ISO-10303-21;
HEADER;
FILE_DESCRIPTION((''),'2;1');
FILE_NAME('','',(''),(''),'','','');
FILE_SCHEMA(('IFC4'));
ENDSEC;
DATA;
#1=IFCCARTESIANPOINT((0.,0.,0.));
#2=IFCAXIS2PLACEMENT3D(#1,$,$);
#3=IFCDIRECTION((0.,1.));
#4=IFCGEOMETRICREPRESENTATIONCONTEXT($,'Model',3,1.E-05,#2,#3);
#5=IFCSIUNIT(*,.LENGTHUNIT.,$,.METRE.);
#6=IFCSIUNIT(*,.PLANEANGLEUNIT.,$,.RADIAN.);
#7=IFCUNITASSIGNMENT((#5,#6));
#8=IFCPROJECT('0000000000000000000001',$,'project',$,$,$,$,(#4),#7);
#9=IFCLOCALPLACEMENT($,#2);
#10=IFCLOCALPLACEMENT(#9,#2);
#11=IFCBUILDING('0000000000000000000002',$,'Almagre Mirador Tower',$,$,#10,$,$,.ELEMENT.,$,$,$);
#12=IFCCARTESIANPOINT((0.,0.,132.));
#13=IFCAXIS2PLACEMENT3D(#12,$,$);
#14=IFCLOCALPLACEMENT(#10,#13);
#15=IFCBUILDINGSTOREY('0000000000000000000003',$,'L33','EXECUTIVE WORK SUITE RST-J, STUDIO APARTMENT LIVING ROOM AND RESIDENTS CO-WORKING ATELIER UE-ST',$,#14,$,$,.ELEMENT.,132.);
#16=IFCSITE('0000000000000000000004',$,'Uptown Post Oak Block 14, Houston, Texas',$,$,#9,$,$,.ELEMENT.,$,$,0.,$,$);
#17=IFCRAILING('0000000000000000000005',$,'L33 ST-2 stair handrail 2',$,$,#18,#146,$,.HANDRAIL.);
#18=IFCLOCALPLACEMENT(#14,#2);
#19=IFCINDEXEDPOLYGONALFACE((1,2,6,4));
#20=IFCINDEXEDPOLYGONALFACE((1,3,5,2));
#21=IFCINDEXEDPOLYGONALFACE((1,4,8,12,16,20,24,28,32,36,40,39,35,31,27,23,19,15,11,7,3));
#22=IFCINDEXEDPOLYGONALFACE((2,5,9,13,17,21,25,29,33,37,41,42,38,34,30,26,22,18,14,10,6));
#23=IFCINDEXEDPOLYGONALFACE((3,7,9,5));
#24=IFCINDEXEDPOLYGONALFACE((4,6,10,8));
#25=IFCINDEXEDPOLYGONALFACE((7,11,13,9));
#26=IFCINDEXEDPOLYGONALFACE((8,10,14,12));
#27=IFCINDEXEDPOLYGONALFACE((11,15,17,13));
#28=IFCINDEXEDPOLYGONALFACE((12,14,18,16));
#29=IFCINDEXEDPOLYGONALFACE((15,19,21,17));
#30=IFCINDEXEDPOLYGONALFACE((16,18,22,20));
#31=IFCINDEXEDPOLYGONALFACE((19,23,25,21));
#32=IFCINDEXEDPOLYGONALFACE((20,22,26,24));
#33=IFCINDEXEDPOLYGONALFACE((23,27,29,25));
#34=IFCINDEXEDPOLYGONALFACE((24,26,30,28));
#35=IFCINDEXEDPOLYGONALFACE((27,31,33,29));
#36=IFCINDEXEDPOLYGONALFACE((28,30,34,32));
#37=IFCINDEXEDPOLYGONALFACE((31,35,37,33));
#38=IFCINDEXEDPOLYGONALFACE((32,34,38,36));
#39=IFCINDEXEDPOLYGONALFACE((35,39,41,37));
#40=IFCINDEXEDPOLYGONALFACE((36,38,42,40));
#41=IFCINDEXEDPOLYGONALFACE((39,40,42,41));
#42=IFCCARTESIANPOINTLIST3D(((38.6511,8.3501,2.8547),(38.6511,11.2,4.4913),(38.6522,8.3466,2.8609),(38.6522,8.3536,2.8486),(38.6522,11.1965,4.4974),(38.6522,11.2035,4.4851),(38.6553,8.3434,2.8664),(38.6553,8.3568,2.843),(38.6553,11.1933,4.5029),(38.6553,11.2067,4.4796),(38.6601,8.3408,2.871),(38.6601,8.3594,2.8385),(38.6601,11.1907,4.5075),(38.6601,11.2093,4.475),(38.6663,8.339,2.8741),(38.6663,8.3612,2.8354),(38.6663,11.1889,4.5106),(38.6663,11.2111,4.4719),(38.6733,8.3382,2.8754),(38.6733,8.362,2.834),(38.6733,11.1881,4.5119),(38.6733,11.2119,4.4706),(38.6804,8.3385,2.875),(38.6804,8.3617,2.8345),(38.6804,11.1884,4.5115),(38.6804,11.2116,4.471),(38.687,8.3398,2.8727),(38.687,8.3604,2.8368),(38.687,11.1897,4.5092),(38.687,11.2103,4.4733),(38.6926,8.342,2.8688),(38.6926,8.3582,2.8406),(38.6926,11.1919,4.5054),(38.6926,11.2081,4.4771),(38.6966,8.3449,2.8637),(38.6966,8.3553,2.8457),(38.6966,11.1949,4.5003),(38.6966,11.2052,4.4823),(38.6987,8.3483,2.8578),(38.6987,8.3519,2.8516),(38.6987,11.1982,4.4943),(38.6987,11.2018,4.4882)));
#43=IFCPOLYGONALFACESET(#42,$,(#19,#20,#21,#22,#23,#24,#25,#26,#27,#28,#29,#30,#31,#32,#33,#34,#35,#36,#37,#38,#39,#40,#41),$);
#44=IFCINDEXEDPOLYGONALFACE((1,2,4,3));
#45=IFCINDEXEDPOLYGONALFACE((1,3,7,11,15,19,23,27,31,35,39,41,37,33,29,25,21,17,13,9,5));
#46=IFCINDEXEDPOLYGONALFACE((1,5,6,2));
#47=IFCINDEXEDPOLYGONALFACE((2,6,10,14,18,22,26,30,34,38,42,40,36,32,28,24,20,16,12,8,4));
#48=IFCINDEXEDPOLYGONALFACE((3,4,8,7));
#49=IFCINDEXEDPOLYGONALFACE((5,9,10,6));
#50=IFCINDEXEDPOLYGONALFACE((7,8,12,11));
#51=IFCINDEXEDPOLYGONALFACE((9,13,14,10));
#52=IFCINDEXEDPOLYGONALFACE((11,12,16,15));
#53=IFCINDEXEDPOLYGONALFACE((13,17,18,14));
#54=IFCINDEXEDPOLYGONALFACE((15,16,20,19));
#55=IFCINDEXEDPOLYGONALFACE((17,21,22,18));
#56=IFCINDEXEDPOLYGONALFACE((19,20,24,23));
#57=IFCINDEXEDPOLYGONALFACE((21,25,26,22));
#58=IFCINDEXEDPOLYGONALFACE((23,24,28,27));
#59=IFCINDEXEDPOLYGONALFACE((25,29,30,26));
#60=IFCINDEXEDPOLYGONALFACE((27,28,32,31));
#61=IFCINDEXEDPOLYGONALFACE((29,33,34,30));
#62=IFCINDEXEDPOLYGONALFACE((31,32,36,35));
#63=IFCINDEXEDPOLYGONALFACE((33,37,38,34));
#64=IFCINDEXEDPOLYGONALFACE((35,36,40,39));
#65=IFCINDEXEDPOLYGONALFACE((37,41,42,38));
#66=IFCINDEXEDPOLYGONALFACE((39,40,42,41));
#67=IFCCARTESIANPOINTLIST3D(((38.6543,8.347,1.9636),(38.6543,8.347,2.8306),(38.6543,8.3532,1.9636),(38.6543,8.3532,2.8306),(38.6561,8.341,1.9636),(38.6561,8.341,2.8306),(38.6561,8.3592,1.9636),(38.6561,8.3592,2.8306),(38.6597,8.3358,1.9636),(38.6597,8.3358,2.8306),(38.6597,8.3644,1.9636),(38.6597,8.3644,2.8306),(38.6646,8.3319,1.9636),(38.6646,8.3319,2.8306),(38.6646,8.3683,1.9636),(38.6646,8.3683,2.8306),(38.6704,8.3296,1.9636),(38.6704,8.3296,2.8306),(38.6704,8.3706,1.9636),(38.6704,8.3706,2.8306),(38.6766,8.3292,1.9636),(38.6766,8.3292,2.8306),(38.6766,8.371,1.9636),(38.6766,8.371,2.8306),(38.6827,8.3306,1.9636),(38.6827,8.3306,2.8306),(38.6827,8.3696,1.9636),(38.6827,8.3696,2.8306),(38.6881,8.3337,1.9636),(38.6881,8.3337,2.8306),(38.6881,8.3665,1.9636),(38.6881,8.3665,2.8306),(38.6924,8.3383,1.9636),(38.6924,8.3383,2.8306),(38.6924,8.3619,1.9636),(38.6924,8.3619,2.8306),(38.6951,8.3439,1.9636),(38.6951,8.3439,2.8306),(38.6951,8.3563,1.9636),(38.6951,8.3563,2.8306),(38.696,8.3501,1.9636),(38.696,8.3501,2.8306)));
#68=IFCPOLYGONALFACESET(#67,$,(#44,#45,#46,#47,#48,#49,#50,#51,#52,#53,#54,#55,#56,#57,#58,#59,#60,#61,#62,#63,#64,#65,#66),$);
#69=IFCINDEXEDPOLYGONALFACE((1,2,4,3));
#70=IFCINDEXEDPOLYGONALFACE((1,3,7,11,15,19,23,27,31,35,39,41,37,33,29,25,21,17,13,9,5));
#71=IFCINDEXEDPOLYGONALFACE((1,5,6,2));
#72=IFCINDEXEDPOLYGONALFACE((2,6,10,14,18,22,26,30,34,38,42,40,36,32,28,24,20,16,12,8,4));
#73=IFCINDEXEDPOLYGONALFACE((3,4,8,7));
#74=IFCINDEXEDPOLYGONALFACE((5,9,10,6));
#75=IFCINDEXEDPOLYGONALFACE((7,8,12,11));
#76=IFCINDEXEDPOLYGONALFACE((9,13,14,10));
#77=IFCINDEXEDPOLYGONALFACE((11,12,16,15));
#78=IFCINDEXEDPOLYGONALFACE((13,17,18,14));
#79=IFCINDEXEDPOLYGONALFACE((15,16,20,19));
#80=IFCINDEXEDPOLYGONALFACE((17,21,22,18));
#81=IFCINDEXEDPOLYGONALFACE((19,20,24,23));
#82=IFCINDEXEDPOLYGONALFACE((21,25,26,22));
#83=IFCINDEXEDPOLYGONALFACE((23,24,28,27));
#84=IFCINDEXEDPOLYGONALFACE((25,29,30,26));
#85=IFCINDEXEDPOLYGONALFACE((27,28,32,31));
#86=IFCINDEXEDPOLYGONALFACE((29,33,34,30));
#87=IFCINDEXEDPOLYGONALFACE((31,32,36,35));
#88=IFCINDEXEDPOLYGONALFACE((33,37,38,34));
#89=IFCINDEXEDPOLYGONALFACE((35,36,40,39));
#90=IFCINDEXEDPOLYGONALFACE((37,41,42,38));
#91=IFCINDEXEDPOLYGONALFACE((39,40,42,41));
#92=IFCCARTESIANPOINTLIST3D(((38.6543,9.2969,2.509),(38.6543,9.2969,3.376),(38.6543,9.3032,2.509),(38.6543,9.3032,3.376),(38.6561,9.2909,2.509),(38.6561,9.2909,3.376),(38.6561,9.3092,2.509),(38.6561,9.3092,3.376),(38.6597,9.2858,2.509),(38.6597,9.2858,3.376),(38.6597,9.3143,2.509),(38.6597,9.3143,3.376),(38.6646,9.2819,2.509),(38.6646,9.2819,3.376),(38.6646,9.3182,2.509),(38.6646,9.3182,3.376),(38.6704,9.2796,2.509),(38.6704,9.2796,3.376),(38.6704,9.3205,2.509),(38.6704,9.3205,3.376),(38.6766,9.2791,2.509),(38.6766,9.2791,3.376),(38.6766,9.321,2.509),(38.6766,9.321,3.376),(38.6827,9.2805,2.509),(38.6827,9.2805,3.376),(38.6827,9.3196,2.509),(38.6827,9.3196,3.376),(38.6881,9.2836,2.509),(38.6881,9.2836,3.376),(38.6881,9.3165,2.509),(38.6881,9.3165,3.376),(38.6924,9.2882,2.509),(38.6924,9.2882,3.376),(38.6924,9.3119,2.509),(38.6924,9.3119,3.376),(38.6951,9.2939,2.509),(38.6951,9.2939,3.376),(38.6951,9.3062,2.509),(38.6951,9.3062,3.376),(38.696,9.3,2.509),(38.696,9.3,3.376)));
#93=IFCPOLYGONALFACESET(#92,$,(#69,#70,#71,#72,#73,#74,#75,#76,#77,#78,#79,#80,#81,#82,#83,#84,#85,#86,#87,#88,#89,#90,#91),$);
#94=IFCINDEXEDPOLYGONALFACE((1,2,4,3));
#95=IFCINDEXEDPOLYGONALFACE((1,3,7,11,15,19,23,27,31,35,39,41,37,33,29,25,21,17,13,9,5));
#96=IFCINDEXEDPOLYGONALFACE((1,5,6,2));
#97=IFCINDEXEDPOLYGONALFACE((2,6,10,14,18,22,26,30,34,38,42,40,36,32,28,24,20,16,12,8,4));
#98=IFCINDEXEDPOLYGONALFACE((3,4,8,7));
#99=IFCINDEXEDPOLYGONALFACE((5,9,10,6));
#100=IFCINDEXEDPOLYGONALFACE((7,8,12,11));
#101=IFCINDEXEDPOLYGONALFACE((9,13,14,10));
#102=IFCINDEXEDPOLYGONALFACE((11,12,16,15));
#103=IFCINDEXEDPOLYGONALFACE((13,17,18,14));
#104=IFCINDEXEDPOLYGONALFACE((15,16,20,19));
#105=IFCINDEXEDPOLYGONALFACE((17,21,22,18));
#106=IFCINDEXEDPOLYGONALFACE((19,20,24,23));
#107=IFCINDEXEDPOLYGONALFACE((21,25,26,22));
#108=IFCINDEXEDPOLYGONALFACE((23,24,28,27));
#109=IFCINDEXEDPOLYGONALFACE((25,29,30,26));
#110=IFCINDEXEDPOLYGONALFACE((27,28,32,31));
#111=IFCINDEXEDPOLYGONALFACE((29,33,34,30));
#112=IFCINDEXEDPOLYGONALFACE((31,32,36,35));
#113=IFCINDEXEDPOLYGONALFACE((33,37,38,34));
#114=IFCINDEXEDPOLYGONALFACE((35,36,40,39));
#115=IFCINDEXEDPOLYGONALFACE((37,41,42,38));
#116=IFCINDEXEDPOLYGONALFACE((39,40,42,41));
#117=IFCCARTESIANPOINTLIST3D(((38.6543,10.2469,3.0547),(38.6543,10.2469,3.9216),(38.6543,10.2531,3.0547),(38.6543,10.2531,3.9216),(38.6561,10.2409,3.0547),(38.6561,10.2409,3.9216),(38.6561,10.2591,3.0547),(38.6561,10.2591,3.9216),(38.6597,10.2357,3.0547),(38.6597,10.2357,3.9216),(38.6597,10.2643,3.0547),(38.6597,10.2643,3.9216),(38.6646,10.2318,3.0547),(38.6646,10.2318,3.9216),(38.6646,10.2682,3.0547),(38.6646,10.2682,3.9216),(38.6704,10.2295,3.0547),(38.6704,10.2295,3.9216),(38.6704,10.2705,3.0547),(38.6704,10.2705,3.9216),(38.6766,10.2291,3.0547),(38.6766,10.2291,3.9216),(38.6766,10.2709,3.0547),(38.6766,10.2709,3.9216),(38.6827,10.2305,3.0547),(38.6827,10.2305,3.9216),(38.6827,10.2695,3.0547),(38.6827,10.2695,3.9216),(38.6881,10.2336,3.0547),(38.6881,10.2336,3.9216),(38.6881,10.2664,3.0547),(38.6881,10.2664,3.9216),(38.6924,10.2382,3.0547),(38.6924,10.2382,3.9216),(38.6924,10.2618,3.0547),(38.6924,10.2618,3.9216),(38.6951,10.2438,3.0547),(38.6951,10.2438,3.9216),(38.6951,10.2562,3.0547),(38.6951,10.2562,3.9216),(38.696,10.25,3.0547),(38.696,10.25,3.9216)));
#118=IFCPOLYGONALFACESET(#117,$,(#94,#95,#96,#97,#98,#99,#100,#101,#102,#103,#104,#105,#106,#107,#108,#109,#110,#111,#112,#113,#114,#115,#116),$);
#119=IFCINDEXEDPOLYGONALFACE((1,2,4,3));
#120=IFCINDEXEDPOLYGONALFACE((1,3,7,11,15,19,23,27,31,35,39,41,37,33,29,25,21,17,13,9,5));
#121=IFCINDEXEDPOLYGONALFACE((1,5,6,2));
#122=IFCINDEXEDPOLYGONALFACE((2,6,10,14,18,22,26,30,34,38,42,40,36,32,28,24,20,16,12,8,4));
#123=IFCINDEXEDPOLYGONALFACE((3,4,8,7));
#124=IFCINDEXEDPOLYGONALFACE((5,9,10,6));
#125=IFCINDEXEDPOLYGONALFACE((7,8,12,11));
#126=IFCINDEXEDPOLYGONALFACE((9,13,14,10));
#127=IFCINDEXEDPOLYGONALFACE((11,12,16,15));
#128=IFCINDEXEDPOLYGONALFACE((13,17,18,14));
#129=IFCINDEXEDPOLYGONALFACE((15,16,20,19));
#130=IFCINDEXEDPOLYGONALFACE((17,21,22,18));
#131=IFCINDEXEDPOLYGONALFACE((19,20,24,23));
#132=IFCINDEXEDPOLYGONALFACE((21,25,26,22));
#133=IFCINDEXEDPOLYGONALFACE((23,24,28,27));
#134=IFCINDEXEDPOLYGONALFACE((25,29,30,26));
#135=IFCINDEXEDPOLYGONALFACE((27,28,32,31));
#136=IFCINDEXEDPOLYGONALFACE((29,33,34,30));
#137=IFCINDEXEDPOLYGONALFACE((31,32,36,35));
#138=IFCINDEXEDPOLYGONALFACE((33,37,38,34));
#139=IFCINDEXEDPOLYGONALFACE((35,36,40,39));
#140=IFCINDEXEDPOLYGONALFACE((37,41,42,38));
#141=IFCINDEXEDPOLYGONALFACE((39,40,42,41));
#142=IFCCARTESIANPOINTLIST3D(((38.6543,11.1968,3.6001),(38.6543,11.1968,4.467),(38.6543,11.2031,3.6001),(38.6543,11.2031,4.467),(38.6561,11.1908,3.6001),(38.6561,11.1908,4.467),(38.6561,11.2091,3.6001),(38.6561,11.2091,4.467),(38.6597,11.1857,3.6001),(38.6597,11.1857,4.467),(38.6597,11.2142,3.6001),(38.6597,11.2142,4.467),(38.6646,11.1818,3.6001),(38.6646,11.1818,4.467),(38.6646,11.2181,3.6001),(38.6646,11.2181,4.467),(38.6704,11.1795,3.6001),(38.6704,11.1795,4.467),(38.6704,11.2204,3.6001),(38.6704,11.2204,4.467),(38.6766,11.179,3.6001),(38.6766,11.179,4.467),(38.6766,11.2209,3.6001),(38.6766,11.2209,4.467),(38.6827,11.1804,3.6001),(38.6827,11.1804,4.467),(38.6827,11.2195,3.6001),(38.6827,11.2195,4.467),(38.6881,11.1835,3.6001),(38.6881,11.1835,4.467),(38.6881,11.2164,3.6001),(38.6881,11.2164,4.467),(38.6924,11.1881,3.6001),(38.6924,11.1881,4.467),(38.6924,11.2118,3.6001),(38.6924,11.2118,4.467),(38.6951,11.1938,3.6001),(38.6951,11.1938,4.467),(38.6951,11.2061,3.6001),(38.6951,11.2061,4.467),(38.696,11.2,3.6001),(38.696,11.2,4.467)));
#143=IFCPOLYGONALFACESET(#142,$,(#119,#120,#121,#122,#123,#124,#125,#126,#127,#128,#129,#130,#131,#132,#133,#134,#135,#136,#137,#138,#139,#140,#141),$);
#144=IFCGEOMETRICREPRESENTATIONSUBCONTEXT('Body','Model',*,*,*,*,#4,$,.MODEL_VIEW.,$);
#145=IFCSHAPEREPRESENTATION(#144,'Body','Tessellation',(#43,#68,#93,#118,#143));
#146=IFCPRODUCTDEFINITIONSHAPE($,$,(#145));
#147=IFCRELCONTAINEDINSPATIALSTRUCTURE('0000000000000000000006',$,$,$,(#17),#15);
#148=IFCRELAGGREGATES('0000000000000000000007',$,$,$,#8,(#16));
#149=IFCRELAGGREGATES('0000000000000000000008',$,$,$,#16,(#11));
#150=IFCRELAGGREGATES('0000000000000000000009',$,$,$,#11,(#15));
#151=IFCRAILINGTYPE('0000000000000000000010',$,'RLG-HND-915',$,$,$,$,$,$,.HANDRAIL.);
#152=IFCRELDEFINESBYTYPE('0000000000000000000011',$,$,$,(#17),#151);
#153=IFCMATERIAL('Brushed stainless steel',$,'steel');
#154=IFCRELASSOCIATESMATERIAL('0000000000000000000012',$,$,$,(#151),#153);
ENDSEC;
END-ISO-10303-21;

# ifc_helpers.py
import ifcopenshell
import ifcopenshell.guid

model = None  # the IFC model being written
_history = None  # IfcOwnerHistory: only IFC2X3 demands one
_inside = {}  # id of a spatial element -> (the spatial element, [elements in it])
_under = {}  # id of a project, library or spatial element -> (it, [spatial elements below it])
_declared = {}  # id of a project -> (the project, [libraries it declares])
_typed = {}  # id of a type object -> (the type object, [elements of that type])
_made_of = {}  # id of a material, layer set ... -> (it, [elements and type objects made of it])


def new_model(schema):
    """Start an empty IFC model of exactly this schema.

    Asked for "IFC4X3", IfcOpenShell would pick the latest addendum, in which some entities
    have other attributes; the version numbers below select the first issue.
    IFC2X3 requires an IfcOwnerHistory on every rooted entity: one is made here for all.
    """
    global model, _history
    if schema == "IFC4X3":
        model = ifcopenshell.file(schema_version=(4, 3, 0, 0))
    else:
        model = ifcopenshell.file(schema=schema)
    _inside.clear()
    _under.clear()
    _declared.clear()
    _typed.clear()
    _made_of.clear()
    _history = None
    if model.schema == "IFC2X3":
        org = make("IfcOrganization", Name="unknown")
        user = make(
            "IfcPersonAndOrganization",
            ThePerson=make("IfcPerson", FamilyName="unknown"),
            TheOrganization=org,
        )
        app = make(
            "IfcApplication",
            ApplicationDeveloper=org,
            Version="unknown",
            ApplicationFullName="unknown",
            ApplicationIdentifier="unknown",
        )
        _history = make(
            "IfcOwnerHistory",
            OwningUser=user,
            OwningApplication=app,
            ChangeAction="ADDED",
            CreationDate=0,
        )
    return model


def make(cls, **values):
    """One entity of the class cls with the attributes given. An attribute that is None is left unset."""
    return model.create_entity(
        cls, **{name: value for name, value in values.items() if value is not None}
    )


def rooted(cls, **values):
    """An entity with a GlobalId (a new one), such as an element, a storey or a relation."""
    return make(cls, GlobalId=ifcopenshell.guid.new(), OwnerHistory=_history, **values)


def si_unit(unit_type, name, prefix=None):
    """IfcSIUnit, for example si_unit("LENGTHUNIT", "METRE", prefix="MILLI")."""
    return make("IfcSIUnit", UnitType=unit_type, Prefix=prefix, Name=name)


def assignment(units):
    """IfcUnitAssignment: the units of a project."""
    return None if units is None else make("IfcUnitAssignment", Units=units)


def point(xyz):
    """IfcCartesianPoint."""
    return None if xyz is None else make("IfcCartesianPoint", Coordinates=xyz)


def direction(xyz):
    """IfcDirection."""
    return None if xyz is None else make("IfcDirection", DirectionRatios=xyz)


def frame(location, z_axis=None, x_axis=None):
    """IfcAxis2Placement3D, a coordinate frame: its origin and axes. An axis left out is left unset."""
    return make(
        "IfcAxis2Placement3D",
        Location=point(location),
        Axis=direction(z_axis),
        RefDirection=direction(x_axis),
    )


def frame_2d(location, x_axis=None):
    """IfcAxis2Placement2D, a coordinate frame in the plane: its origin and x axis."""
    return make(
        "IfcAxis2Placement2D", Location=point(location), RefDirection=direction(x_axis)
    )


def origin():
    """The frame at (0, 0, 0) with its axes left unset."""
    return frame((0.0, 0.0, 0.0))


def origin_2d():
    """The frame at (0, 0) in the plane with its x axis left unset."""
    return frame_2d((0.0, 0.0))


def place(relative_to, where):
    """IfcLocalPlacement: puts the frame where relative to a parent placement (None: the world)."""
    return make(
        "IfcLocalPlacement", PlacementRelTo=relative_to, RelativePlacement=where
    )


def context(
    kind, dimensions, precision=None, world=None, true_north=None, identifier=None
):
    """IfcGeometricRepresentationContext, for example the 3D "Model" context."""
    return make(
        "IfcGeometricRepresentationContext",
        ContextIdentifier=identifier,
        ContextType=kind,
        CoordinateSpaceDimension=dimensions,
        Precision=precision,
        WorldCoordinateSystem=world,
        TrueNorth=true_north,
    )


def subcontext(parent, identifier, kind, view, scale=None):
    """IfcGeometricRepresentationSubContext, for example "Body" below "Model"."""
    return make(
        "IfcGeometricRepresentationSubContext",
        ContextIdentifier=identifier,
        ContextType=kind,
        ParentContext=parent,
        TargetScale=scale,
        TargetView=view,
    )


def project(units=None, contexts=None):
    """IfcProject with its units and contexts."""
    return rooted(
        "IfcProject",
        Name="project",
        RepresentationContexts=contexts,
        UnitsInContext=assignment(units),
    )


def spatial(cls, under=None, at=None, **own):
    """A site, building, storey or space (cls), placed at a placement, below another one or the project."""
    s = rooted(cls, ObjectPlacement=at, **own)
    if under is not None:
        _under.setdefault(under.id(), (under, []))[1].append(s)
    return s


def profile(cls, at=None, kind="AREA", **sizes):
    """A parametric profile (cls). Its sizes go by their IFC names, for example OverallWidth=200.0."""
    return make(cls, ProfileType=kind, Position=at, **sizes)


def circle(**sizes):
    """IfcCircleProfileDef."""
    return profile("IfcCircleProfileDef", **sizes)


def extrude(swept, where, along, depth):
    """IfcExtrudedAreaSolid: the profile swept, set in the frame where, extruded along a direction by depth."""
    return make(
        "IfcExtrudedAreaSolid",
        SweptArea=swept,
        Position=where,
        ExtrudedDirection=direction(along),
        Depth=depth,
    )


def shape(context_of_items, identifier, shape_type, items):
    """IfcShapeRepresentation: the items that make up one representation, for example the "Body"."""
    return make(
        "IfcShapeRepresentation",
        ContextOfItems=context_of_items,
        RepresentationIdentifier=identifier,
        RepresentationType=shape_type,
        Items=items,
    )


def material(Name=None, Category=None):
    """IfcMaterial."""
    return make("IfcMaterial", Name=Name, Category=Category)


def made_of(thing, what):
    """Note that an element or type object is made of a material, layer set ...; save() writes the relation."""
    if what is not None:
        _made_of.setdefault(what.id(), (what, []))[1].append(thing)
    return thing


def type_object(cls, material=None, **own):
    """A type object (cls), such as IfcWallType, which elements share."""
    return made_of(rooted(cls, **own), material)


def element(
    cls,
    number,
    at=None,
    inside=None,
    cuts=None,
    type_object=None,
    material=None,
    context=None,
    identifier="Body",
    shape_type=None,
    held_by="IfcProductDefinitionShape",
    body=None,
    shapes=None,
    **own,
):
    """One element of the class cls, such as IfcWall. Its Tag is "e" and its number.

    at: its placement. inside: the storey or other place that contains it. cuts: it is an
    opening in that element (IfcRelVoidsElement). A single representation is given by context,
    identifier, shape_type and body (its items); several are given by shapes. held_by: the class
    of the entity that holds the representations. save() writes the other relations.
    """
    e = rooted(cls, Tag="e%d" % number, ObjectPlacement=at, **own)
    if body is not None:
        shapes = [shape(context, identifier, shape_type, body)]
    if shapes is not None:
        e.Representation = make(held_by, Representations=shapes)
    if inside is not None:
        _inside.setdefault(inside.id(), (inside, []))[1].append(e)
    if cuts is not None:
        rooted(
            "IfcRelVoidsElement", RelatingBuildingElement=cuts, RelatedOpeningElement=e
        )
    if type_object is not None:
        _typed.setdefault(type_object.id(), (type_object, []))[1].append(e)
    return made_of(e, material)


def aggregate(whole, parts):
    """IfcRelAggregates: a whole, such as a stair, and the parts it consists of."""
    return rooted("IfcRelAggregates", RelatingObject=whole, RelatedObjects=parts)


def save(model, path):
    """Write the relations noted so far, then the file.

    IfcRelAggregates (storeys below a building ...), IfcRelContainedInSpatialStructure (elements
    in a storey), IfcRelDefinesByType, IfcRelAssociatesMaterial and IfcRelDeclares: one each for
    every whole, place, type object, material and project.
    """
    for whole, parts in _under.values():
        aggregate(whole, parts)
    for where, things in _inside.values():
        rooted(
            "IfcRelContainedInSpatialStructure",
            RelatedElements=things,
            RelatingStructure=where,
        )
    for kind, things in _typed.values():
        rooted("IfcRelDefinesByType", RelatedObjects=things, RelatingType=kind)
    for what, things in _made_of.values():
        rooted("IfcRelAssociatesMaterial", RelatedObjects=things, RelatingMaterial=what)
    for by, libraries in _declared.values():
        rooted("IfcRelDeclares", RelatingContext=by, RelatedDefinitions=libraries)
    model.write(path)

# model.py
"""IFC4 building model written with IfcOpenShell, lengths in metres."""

from ifc_helpers import new_model, si_unit, direction, frame, origin, origin_2d, place, context, subcontext, project, spatial, circle, extrude, material, type_object, element, save


model = new_model("IFC4")

# Units and contexts
model_context = context("Model", 3, precision=1e-05, world=origin(), true_north=direction((0.0, 1.0)))
body_context = subcontext(model_context, "Body", "Model", "MODEL_VIEW")
ifc_project = project(units=[si_unit("LENGTHUNIT", "METRE"), si_unit("PLANEANGLEUNIT", "RADIAN")], contexts=[model_context])

# Site, building, storey
site_placement = place(None, origin())
site = spatial("IfcSite", under=ifc_project, at=site_placement, Name="Uptown Post Oak Block 14, Houston, Texas", CompositionType="ELEMENT", RefElevation=0.0)
building_placement = place(site_placement, origin())
building = spatial("IfcBuilding", under=site, at=building_placement, Name="Almagre Mirador Tower", CompositionType="ELEMENT")
storey_placement = place(building_placement, frame((0.0, 0.0, 132.0)))
storey = spatial("IfcBuildingStorey", under=building, at=storey_placement, Name="L33", Description="EXECUTIVE WORK SUITE RST-J, STUDIO APARTMENT LIVING ROOM AND RESIDENTS CO-WORKING ATELIER UE-ST", CompositionType="ELEMENT", Elevation=132.0)

# Railing
ifc_material_1 = material(Name="Brushed stainless steel", Category="steel")
railing_type_1 = type_object("IfcRailingType", Name="RLG-HND-915", PredefinedType="HANDRAIL", material=ifc_material_1)
railing_1_placement = place(storey_placement, frame((38.675, 8.3501, 1.9636)))
element("IfcRailing", 1, at=railing_1_placement, inside=storey, type_object=railing_type_1, Name="L33 ST-2 stair handrail 2", PredefinedType="HANDRAIL", context=body_context, shape_type="SweptSolid", body=[
    extrude(circle(Radius=0.0239, at=origin_2d()), frame((0.0, 0.0, 0.8911), z_axis=(0.0, 0.867194, 0.49797), x_axis=(-1.0, 0.0, 0.0)), (0.0, 0.0, 1.0), 3.2864),
    extrude(circle(Radius=0.021, at=origin_2d()), origin(), (0.0, 0.0, 1.0), 0.8669),
    extrude(circle(Radius=0.021, at=origin_2d()), frame((0.0, 0.95, 0.5454)), (0.0, 0.0, 1.0), 0.8669),
    extrude(circle(Radius=0.021, at=origin_2d()), frame((0.0, 1.8999, 1.0911)), (0.0, 0.0, 1.0), 0.8669),
    extrude(circle(Radius=0.021, at=origin_2d()), frame((0.0, 2.8499, 1.6365)), (0.0, 0.0, 1.0), 0.8669),
])

save(model, "model.ifc")
